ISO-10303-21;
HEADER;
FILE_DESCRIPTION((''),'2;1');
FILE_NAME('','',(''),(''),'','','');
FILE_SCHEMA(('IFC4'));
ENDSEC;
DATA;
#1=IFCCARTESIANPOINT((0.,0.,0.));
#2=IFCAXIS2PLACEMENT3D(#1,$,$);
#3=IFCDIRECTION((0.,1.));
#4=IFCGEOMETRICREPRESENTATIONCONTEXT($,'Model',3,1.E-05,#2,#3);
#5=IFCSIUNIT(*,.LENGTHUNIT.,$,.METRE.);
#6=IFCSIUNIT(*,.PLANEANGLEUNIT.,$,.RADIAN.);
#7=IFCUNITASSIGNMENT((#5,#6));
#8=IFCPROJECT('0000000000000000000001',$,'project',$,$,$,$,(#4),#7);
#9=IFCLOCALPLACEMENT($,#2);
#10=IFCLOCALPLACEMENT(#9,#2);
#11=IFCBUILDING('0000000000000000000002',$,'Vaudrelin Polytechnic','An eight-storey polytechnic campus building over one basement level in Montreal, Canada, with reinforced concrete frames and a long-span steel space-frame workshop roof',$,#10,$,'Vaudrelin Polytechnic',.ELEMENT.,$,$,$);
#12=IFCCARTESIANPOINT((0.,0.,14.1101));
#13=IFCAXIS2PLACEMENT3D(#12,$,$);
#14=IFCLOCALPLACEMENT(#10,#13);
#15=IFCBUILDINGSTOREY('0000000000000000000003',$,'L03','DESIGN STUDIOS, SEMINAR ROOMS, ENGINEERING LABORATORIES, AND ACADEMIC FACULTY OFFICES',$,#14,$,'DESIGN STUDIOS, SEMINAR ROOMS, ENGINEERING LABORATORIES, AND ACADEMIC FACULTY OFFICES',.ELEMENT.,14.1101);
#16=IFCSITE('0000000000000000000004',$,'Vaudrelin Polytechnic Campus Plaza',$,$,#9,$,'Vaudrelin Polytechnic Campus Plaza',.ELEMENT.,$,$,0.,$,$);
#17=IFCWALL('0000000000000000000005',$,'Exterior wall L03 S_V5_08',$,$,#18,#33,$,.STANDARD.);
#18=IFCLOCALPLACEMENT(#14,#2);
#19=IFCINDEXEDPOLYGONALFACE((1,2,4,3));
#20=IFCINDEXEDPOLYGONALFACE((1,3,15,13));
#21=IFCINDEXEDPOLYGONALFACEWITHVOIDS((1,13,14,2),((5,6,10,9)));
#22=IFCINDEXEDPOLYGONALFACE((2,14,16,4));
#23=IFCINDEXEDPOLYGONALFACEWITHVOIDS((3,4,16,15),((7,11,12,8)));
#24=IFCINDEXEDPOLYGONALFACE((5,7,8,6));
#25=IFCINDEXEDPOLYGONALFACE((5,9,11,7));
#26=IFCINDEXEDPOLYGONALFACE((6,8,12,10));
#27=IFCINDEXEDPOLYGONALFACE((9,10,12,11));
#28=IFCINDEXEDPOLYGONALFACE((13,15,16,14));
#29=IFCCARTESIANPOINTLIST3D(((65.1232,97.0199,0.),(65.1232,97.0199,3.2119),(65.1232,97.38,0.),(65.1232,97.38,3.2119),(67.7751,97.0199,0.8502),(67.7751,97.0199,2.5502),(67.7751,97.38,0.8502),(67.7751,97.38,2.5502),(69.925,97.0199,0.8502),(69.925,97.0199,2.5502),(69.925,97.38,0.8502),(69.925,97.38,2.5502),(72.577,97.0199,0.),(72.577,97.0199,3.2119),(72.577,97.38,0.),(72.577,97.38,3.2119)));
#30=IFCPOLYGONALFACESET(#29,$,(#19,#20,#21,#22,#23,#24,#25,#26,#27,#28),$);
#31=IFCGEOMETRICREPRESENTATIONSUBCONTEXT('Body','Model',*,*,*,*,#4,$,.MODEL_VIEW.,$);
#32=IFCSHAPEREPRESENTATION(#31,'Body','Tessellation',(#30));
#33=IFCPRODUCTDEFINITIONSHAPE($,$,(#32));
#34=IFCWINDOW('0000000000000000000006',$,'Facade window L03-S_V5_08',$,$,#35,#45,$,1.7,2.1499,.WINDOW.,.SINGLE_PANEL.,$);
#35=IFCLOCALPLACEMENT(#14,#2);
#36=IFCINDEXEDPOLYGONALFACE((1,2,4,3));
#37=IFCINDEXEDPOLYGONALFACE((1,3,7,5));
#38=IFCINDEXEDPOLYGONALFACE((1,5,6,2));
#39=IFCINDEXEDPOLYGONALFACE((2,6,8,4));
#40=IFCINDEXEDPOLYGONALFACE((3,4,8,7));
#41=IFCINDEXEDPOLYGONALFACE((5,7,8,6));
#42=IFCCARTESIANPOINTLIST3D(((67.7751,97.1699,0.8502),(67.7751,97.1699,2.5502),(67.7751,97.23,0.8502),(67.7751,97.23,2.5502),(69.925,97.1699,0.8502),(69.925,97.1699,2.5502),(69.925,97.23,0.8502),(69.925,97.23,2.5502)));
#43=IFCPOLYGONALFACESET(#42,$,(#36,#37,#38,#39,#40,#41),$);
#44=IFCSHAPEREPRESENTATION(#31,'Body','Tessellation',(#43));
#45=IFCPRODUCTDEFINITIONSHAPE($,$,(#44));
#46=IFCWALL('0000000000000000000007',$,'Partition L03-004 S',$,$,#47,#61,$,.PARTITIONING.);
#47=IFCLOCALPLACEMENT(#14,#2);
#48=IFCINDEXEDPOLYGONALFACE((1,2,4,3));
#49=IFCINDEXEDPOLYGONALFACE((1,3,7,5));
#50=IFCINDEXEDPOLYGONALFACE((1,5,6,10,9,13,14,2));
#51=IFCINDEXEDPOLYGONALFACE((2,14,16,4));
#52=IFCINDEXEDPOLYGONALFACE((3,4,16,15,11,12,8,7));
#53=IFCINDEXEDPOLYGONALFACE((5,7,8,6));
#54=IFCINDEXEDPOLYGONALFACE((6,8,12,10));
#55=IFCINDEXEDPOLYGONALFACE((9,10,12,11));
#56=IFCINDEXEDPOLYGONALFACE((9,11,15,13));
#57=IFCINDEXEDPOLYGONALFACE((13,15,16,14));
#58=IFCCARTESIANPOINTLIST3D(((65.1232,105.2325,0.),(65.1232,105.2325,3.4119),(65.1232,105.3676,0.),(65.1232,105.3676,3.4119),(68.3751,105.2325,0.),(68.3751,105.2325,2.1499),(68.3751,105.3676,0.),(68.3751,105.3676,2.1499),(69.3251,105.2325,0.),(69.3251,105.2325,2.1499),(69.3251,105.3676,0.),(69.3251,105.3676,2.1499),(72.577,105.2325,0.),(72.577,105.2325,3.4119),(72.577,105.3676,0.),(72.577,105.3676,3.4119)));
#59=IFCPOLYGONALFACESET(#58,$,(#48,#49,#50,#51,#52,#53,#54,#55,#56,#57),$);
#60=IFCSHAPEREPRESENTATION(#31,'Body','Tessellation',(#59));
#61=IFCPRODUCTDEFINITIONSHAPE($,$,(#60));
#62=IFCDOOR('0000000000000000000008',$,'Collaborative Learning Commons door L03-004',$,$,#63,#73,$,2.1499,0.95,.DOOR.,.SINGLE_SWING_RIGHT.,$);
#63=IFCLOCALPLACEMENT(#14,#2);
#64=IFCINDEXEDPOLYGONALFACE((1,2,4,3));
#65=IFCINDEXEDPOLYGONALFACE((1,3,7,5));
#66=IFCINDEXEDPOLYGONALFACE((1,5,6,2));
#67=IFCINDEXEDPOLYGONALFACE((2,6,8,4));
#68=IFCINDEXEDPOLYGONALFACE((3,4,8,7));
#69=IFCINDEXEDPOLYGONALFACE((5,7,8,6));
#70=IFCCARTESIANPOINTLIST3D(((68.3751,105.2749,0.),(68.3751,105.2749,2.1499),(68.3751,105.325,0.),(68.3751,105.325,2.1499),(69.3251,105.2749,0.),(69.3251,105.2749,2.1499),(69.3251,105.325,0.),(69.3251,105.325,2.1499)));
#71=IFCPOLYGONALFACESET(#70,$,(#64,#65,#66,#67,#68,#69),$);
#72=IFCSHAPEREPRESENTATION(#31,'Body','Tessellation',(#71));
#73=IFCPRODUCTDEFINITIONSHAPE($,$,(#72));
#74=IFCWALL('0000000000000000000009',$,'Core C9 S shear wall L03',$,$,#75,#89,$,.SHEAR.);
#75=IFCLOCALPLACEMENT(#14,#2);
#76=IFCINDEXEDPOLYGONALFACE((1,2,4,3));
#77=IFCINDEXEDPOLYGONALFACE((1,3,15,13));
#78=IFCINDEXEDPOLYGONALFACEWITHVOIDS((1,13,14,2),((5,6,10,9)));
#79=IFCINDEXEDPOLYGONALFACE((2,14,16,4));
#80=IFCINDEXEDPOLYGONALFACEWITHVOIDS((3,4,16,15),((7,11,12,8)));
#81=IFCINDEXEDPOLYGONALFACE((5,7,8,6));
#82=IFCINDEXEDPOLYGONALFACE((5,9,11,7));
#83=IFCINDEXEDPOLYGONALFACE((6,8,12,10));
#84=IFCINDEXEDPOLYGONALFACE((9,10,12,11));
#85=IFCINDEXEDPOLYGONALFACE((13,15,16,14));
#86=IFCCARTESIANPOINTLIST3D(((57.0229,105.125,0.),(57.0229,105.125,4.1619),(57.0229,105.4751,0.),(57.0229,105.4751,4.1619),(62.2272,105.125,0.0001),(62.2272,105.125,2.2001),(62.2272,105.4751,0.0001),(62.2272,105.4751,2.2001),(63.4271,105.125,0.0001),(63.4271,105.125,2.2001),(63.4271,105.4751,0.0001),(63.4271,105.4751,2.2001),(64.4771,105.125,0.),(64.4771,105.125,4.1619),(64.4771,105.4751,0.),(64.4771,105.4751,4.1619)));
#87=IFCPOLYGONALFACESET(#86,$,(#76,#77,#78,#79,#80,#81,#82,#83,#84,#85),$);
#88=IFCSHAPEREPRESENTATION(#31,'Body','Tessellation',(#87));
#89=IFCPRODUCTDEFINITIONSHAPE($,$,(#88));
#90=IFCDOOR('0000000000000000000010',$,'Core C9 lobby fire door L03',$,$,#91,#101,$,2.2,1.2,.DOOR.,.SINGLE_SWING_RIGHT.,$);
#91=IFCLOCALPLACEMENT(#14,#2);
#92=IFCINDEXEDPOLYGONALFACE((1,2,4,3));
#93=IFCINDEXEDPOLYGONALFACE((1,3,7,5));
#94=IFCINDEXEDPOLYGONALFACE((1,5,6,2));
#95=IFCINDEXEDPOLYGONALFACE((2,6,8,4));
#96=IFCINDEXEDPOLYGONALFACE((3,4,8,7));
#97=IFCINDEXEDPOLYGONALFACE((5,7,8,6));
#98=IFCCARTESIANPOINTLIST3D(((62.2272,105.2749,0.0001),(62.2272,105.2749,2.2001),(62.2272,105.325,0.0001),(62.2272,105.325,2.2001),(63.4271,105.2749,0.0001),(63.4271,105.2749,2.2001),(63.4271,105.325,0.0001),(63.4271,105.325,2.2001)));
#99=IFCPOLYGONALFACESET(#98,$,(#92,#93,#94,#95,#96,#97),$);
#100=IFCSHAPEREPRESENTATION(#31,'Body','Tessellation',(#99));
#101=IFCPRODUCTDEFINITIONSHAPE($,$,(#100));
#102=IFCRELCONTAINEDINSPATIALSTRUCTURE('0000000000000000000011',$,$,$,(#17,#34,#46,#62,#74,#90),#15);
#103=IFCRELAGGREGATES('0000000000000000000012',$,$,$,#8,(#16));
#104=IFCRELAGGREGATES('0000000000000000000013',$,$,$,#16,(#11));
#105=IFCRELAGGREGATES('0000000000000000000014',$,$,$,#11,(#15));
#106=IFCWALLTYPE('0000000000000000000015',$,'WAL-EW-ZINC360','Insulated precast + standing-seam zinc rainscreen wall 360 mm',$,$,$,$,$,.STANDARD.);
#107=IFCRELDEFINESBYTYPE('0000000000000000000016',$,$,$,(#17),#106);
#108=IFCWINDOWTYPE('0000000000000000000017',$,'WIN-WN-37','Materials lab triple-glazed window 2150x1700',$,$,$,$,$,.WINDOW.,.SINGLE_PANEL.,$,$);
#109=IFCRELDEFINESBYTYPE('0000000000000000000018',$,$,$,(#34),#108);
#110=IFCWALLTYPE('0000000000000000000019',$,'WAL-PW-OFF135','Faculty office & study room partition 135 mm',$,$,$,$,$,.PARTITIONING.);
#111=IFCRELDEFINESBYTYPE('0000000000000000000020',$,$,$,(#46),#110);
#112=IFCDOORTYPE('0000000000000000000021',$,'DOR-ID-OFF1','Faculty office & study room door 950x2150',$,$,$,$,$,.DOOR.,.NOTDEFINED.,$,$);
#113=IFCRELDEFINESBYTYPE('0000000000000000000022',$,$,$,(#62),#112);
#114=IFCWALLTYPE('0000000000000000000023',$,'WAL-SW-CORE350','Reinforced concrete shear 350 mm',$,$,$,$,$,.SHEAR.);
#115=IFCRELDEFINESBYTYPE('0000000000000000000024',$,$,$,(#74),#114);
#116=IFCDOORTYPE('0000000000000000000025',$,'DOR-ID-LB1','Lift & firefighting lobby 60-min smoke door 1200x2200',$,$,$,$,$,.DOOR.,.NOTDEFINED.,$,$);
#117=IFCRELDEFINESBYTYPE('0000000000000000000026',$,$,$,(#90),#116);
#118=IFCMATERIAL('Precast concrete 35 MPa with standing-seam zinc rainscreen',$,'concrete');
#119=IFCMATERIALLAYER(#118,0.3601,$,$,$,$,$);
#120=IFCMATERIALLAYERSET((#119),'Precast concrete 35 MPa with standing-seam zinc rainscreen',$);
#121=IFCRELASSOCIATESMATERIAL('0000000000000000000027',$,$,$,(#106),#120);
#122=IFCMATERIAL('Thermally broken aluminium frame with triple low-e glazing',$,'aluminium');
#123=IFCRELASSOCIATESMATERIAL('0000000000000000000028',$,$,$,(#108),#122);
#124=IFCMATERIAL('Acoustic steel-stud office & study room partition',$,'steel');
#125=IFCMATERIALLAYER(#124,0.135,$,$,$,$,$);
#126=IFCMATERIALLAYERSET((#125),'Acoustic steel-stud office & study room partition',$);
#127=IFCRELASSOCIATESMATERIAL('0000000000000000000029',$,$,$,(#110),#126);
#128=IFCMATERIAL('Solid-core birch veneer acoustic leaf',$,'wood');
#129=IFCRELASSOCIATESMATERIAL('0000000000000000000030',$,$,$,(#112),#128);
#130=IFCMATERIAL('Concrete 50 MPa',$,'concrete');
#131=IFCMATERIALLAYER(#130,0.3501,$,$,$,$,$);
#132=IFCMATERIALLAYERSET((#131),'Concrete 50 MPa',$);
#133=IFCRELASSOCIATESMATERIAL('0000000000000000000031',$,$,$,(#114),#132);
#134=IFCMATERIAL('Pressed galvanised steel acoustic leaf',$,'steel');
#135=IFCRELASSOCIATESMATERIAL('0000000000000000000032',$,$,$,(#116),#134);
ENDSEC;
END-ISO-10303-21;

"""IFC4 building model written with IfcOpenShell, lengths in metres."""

from ifc_helpers import new_model, si_unit, direction, frame, frame_2d, origin, place, context, subcontext, project, spatial, rectangle, extrude, material, layer, layer_set, type_object, element, fill, save


model = new_model("IFC4")

# Units and contexts
model_context = context("Model", 3, precision=1e-05, world=origin(), true_north=direction((0.0, 1.0)))
body_context = subcontext(model_context, "Body", "Model", "MODEL_VIEW")
ifc_project = project(units=[si_unit("LENGTHUNIT", "METRE"), si_unit("PLANEANGLEUNIT", "RADIAN")], contexts=[model_context])

# Site, building, storey
site_placement = place(None, origin())
site = spatial("IfcSite", under=ifc_project, at=site_placement, Name="Vaudrelin Polytechnic Campus Plaza", LongName="Vaudrelin Polytechnic Campus Plaza", CompositionType="ELEMENT", RefElevation=0.0)
building_placement = place(site_placement, origin())
building = spatial("IfcBuilding", under=site, at=building_placement, Name="Vaudrelin Polytechnic", Description="An eight-storey polytechnic campus building over one basement level in Montreal, Canada, with reinforced concrete frames and a long-span steel space-frame workshop roof", LongName="Vaudrelin Polytechnic", CompositionType="ELEMENT")
storey_placement = place(building_placement, frame((0.0, 0.0, 14.1101)))
storey = spatial("IfcBuildingStorey", under=building, at=storey_placement, Name="L03", Description="DESIGN STUDIOS, SEMINAR ROOMS, ENGINEERING LABORATORIES, AND ACADEMIC FACULTY OFFICES", LongName="DESIGN STUDIOS, SEMINAR ROOMS, ENGINEERING LABORATORIES, AND ACADEMIC FACULTY OFFICES", CompositionType="ELEMENT", Elevation=14.1101)

# Shared definitions
ifc_material_1 = material(Name="Concrete 50 MPa", Category="concrete")

# Wall, opening, window
ifc_material_2 = material(Name="Precast concrete 35 MPa with standing-seam zinc rainscreen", Category="concrete")
ifc_layer_1 = layer(ifc_material_2, 0.3601)
ifc_layer_set_1 = layer_set([ifc_layer_1], Name="Precast concrete 35 MPa with standing-seam zinc rainscreen")
wall_type_1 = type_object("IfcWallType", Name="WAL-EW-ZINC360", Description="Insulated precast + standing-seam zinc rainscreen wall 360 mm", PredefinedType="STANDARD", material=ifc_layer_set_1)
ifc_material_3 = material(Name="Thermally broken aluminium frame with triple low-e glazing", Category="aluminium")
wall_1_placement = place(storey_placement, frame((65.123, 97.2, 0.0), z_axis=(0.0, 0.0, 1.0), x_axis=(1.0, 0.0, 0.0)))
wall_1 = element("IfcWall", 1, at=wall_1_placement, inside=storey, type_object=wall_type_1, Name="Exterior wall L03 S_V5_08", PredefinedType="STANDARD", context=body_context, shape_type="SweptSolid", body=[
    extrude(rectangle(XDim=7.4539, YDim=0.3601, at=frame_2d((3.7271, 0.0))), origin(), (0.0, 0.0, 1.0), 3.2119),
])
opening_1_placement = place(wall_1_placement, frame((2.6521, 0.0, 0.8501)))
opening_1 = element("IfcOpeningElement", 2, at=opening_1_placement, cuts=wall_1, PredefinedType="OPENING", context=body_context, shape_type="SweptSolid", body=[
    extrude(rectangle(XDim=2.1499, YDim=1.7, at=frame_2d((1.075, 0.8501))), frame((0.0, 0.1899, 0.0), z_axis=(0.0, -1.0, 0.0), x_axis=(1.0, 0.0, 0.0)), (0.0, 0.0, 1.0), 0.3801),
])
window_type_1 = type_object("IfcWindowType", Name="WIN-WN-37", Description="Materials lab triple-glazed window 2150x1700", PartitioningType="SINGLE_PANEL", PredefinedType="WINDOW", material=ifc_material_3)
window_1_placement = place(opening_1_placement, origin())
window_1 = element("IfcWindow", 3, at=window_1_placement, inside=storey, type_object=window_type_1, Name="Facade window L03-S_V5_08", OverallHeight=1.7, OverallWidth=2.1499, PartitioningType="SINGLE_PANEL", PredefinedType="WINDOW", context=body_context, shape_type="SweptSolid", body=[
    extrude(rectangle(XDim=2.1499, YDim=1.7, at=frame_2d((1.075, 0.8501))), frame((0.0, 0.03, 0.0), z_axis=(0.0, -1.0, 0.0), x_axis=(1.0, 0.0, 0.0)), (0.0, 0.0, 1.0), 0.0601),
])
fill(opening_1, window_1)

# Walls, openings, doors
ifc_material_4 = material(Name="Pressed galvanised steel acoustic leaf", Category="steel")
ifc_material_5 = material(Name="Acoustic steel-stud office & study room partition", Category="steel")
ifc_layer_2 = layer(ifc_material_5, 0.135)
ifc_layer_set_2 = layer_set([ifc_layer_2], Name="Acoustic steel-stud office & study room partition")
wall_type_2 = type_object("IfcWallType", Name="WAL-PW-OFF135", Description="Faculty office & study room partition 135 mm", PredefinedType="PARTITIONING", material=ifc_layer_set_2)
wall_2_placement = place(storey_placement, frame((65.123, 105.3, 0.0), z_axis=(0.0, 0.0, 1.0), x_axis=(1.0, 0.0, 0.0)))
wall_2 = element("IfcWall", 4, at=wall_2_placement, inside=storey, type_object=wall_type_2, Name="Partition L03-004 S", PredefinedType="PARTITIONING", context=body_context, shape_type="SweptSolid", body=[
    extrude(rectangle(XDim=7.4539, YDim=0.135, at=frame_2d((3.7271, 0.0))), origin(), (0.0, 0.0, 1.0), 3.4119),
])
opening_2_placement = place(wall_2_placement, frame((3.252, 0.0, 0.0)))
opening_2 = element("IfcOpeningElement", 5, at=opening_2_placement, cuts=wall_2, PredefinedType="OPENING", context=body_context, shape_type="SweptSolid", body=[
    extrude(rectangle(XDim=0.95, YDim=2.1499, at=frame_2d((0.4751, 1.075))), frame((0.0, 0.0776, 0.0), z_axis=(0.0, -1.0, 0.0), x_axis=(1.0, 0.0, 0.0)), (0.0, 0.0, 1.0), 0.155),
])
ifc_material_6 = material(Name="Solid-core birch veneer acoustic leaf", Category="wood")
door_type_1 = type_object("IfcDoorType", Name="DOR-ID-OFF1", Description="Faculty office & study room door 950x2150", OperationType="NOTDEFINED", PredefinedType="DOOR", material=ifc_material_6)
door_1_placement = place(opening_2_placement, origin())
door_1 = element("IfcDoor", 6, at=door_1_placement, inside=storey, type_object=door_type_1, Name="Collaborative Learning Commons door L03-004", OperationType="SINGLE_SWING_RIGHT", OverallHeight=2.1499, OverallWidth=0.95, PredefinedType="DOOR", context=body_context, shape_type="SweptSolid", body=[
    extrude(rectangle(XDim=0.95, YDim=2.1499, at=frame_2d((0.4751, 1.075))), frame((0.0, 0.0249, 0.0), z_axis=(0.0, -1.0, 0.0), x_axis=(1.0, 0.0, 0.0)), (0.0, 0.0, 1.0), 0.05),
])
fill(opening_2, door_1)
ifc_layer_3 = layer(ifc_material_1, 0.3501)
ifc_layer_set_3 = layer_set([ifc_layer_3], Name="Concrete 50 MPa")
wall_type_3 = type_object("IfcWallType", Name="WAL-SW-CORE350", Description="Reinforced concrete shear 350 mm", PredefinedType="SHEAR", material=ifc_layer_set_3)
wall_3_placement = place(storey_placement, frame((57.0229, 105.3, 0.0), z_axis=(0.0, 0.0, 1.0), x_axis=(1.0, 0.0, 0.0)))
wall_3 = element("IfcWall", 7, at=wall_3_placement, inside=storey, type_object=wall_type_3, Name="Core C9 S shear wall L03", PredefinedType="SHEAR", context=body_context, shape_type="SweptSolid", body=[
    extrude(rectangle(XDim=7.4541, YDim=0.3501, at=frame_2d((3.7271, 0.0))), origin(), (0.0, 0.0, 1.0), 4.1619),
])
opening_3_placement = place(wall_3_placement, frame((5.2041, 0.0, 0.0)))
opening_3 = element("IfcOpeningElement", 8, at=opening_3_placement, cuts=wall_3, PredefinedType="OPENING", context=body_context, shape_type="SweptSolid", body=[
    extrude(rectangle(XDim=1.2, YDim=2.2, at=frame_2d((0.6001, 1.1001))), frame((0.0, 0.1851, 0.0), z_axis=(0.0, -1.0, 0.0), x_axis=(1.0, 0.0, 0.0)), (0.0, 0.0, 1.0), 0.3701),
])
door_type_2 = type_object("IfcDoorType", Name="DOR-ID-LB1", Description="Lift & firefighting lobby 60-min smoke door 1200x2200", OperationType="NOTDEFINED", PredefinedType="DOOR", material=ifc_material_4)
door_2_placement = place(opening_3_placement, origin())
door_2 = element("IfcDoor", 9, at=door_2_placement, inside=storey, type_object=door_type_2, Name="Core C9 lobby fire door L03", OperationType="SINGLE_SWING_RIGHT", OverallHeight=2.2, OverallWidth=1.2, PredefinedType="DOOR", context=body_context, shape_type="SweptSolid", body=[
    extrude(rectangle(XDim=1.2, YDim=2.2, at=frame_2d((0.6001, 1.1001))), frame((0.0, 0.0249, 0.0), z_axis=(0.0, -1.0, 0.0), x_axis=(1.0, 0.0, 0.0)), (0.0, 0.0, 1.0), 0.05),
])
fill(opening_3, door_2)

save(model, "model.ifc")
